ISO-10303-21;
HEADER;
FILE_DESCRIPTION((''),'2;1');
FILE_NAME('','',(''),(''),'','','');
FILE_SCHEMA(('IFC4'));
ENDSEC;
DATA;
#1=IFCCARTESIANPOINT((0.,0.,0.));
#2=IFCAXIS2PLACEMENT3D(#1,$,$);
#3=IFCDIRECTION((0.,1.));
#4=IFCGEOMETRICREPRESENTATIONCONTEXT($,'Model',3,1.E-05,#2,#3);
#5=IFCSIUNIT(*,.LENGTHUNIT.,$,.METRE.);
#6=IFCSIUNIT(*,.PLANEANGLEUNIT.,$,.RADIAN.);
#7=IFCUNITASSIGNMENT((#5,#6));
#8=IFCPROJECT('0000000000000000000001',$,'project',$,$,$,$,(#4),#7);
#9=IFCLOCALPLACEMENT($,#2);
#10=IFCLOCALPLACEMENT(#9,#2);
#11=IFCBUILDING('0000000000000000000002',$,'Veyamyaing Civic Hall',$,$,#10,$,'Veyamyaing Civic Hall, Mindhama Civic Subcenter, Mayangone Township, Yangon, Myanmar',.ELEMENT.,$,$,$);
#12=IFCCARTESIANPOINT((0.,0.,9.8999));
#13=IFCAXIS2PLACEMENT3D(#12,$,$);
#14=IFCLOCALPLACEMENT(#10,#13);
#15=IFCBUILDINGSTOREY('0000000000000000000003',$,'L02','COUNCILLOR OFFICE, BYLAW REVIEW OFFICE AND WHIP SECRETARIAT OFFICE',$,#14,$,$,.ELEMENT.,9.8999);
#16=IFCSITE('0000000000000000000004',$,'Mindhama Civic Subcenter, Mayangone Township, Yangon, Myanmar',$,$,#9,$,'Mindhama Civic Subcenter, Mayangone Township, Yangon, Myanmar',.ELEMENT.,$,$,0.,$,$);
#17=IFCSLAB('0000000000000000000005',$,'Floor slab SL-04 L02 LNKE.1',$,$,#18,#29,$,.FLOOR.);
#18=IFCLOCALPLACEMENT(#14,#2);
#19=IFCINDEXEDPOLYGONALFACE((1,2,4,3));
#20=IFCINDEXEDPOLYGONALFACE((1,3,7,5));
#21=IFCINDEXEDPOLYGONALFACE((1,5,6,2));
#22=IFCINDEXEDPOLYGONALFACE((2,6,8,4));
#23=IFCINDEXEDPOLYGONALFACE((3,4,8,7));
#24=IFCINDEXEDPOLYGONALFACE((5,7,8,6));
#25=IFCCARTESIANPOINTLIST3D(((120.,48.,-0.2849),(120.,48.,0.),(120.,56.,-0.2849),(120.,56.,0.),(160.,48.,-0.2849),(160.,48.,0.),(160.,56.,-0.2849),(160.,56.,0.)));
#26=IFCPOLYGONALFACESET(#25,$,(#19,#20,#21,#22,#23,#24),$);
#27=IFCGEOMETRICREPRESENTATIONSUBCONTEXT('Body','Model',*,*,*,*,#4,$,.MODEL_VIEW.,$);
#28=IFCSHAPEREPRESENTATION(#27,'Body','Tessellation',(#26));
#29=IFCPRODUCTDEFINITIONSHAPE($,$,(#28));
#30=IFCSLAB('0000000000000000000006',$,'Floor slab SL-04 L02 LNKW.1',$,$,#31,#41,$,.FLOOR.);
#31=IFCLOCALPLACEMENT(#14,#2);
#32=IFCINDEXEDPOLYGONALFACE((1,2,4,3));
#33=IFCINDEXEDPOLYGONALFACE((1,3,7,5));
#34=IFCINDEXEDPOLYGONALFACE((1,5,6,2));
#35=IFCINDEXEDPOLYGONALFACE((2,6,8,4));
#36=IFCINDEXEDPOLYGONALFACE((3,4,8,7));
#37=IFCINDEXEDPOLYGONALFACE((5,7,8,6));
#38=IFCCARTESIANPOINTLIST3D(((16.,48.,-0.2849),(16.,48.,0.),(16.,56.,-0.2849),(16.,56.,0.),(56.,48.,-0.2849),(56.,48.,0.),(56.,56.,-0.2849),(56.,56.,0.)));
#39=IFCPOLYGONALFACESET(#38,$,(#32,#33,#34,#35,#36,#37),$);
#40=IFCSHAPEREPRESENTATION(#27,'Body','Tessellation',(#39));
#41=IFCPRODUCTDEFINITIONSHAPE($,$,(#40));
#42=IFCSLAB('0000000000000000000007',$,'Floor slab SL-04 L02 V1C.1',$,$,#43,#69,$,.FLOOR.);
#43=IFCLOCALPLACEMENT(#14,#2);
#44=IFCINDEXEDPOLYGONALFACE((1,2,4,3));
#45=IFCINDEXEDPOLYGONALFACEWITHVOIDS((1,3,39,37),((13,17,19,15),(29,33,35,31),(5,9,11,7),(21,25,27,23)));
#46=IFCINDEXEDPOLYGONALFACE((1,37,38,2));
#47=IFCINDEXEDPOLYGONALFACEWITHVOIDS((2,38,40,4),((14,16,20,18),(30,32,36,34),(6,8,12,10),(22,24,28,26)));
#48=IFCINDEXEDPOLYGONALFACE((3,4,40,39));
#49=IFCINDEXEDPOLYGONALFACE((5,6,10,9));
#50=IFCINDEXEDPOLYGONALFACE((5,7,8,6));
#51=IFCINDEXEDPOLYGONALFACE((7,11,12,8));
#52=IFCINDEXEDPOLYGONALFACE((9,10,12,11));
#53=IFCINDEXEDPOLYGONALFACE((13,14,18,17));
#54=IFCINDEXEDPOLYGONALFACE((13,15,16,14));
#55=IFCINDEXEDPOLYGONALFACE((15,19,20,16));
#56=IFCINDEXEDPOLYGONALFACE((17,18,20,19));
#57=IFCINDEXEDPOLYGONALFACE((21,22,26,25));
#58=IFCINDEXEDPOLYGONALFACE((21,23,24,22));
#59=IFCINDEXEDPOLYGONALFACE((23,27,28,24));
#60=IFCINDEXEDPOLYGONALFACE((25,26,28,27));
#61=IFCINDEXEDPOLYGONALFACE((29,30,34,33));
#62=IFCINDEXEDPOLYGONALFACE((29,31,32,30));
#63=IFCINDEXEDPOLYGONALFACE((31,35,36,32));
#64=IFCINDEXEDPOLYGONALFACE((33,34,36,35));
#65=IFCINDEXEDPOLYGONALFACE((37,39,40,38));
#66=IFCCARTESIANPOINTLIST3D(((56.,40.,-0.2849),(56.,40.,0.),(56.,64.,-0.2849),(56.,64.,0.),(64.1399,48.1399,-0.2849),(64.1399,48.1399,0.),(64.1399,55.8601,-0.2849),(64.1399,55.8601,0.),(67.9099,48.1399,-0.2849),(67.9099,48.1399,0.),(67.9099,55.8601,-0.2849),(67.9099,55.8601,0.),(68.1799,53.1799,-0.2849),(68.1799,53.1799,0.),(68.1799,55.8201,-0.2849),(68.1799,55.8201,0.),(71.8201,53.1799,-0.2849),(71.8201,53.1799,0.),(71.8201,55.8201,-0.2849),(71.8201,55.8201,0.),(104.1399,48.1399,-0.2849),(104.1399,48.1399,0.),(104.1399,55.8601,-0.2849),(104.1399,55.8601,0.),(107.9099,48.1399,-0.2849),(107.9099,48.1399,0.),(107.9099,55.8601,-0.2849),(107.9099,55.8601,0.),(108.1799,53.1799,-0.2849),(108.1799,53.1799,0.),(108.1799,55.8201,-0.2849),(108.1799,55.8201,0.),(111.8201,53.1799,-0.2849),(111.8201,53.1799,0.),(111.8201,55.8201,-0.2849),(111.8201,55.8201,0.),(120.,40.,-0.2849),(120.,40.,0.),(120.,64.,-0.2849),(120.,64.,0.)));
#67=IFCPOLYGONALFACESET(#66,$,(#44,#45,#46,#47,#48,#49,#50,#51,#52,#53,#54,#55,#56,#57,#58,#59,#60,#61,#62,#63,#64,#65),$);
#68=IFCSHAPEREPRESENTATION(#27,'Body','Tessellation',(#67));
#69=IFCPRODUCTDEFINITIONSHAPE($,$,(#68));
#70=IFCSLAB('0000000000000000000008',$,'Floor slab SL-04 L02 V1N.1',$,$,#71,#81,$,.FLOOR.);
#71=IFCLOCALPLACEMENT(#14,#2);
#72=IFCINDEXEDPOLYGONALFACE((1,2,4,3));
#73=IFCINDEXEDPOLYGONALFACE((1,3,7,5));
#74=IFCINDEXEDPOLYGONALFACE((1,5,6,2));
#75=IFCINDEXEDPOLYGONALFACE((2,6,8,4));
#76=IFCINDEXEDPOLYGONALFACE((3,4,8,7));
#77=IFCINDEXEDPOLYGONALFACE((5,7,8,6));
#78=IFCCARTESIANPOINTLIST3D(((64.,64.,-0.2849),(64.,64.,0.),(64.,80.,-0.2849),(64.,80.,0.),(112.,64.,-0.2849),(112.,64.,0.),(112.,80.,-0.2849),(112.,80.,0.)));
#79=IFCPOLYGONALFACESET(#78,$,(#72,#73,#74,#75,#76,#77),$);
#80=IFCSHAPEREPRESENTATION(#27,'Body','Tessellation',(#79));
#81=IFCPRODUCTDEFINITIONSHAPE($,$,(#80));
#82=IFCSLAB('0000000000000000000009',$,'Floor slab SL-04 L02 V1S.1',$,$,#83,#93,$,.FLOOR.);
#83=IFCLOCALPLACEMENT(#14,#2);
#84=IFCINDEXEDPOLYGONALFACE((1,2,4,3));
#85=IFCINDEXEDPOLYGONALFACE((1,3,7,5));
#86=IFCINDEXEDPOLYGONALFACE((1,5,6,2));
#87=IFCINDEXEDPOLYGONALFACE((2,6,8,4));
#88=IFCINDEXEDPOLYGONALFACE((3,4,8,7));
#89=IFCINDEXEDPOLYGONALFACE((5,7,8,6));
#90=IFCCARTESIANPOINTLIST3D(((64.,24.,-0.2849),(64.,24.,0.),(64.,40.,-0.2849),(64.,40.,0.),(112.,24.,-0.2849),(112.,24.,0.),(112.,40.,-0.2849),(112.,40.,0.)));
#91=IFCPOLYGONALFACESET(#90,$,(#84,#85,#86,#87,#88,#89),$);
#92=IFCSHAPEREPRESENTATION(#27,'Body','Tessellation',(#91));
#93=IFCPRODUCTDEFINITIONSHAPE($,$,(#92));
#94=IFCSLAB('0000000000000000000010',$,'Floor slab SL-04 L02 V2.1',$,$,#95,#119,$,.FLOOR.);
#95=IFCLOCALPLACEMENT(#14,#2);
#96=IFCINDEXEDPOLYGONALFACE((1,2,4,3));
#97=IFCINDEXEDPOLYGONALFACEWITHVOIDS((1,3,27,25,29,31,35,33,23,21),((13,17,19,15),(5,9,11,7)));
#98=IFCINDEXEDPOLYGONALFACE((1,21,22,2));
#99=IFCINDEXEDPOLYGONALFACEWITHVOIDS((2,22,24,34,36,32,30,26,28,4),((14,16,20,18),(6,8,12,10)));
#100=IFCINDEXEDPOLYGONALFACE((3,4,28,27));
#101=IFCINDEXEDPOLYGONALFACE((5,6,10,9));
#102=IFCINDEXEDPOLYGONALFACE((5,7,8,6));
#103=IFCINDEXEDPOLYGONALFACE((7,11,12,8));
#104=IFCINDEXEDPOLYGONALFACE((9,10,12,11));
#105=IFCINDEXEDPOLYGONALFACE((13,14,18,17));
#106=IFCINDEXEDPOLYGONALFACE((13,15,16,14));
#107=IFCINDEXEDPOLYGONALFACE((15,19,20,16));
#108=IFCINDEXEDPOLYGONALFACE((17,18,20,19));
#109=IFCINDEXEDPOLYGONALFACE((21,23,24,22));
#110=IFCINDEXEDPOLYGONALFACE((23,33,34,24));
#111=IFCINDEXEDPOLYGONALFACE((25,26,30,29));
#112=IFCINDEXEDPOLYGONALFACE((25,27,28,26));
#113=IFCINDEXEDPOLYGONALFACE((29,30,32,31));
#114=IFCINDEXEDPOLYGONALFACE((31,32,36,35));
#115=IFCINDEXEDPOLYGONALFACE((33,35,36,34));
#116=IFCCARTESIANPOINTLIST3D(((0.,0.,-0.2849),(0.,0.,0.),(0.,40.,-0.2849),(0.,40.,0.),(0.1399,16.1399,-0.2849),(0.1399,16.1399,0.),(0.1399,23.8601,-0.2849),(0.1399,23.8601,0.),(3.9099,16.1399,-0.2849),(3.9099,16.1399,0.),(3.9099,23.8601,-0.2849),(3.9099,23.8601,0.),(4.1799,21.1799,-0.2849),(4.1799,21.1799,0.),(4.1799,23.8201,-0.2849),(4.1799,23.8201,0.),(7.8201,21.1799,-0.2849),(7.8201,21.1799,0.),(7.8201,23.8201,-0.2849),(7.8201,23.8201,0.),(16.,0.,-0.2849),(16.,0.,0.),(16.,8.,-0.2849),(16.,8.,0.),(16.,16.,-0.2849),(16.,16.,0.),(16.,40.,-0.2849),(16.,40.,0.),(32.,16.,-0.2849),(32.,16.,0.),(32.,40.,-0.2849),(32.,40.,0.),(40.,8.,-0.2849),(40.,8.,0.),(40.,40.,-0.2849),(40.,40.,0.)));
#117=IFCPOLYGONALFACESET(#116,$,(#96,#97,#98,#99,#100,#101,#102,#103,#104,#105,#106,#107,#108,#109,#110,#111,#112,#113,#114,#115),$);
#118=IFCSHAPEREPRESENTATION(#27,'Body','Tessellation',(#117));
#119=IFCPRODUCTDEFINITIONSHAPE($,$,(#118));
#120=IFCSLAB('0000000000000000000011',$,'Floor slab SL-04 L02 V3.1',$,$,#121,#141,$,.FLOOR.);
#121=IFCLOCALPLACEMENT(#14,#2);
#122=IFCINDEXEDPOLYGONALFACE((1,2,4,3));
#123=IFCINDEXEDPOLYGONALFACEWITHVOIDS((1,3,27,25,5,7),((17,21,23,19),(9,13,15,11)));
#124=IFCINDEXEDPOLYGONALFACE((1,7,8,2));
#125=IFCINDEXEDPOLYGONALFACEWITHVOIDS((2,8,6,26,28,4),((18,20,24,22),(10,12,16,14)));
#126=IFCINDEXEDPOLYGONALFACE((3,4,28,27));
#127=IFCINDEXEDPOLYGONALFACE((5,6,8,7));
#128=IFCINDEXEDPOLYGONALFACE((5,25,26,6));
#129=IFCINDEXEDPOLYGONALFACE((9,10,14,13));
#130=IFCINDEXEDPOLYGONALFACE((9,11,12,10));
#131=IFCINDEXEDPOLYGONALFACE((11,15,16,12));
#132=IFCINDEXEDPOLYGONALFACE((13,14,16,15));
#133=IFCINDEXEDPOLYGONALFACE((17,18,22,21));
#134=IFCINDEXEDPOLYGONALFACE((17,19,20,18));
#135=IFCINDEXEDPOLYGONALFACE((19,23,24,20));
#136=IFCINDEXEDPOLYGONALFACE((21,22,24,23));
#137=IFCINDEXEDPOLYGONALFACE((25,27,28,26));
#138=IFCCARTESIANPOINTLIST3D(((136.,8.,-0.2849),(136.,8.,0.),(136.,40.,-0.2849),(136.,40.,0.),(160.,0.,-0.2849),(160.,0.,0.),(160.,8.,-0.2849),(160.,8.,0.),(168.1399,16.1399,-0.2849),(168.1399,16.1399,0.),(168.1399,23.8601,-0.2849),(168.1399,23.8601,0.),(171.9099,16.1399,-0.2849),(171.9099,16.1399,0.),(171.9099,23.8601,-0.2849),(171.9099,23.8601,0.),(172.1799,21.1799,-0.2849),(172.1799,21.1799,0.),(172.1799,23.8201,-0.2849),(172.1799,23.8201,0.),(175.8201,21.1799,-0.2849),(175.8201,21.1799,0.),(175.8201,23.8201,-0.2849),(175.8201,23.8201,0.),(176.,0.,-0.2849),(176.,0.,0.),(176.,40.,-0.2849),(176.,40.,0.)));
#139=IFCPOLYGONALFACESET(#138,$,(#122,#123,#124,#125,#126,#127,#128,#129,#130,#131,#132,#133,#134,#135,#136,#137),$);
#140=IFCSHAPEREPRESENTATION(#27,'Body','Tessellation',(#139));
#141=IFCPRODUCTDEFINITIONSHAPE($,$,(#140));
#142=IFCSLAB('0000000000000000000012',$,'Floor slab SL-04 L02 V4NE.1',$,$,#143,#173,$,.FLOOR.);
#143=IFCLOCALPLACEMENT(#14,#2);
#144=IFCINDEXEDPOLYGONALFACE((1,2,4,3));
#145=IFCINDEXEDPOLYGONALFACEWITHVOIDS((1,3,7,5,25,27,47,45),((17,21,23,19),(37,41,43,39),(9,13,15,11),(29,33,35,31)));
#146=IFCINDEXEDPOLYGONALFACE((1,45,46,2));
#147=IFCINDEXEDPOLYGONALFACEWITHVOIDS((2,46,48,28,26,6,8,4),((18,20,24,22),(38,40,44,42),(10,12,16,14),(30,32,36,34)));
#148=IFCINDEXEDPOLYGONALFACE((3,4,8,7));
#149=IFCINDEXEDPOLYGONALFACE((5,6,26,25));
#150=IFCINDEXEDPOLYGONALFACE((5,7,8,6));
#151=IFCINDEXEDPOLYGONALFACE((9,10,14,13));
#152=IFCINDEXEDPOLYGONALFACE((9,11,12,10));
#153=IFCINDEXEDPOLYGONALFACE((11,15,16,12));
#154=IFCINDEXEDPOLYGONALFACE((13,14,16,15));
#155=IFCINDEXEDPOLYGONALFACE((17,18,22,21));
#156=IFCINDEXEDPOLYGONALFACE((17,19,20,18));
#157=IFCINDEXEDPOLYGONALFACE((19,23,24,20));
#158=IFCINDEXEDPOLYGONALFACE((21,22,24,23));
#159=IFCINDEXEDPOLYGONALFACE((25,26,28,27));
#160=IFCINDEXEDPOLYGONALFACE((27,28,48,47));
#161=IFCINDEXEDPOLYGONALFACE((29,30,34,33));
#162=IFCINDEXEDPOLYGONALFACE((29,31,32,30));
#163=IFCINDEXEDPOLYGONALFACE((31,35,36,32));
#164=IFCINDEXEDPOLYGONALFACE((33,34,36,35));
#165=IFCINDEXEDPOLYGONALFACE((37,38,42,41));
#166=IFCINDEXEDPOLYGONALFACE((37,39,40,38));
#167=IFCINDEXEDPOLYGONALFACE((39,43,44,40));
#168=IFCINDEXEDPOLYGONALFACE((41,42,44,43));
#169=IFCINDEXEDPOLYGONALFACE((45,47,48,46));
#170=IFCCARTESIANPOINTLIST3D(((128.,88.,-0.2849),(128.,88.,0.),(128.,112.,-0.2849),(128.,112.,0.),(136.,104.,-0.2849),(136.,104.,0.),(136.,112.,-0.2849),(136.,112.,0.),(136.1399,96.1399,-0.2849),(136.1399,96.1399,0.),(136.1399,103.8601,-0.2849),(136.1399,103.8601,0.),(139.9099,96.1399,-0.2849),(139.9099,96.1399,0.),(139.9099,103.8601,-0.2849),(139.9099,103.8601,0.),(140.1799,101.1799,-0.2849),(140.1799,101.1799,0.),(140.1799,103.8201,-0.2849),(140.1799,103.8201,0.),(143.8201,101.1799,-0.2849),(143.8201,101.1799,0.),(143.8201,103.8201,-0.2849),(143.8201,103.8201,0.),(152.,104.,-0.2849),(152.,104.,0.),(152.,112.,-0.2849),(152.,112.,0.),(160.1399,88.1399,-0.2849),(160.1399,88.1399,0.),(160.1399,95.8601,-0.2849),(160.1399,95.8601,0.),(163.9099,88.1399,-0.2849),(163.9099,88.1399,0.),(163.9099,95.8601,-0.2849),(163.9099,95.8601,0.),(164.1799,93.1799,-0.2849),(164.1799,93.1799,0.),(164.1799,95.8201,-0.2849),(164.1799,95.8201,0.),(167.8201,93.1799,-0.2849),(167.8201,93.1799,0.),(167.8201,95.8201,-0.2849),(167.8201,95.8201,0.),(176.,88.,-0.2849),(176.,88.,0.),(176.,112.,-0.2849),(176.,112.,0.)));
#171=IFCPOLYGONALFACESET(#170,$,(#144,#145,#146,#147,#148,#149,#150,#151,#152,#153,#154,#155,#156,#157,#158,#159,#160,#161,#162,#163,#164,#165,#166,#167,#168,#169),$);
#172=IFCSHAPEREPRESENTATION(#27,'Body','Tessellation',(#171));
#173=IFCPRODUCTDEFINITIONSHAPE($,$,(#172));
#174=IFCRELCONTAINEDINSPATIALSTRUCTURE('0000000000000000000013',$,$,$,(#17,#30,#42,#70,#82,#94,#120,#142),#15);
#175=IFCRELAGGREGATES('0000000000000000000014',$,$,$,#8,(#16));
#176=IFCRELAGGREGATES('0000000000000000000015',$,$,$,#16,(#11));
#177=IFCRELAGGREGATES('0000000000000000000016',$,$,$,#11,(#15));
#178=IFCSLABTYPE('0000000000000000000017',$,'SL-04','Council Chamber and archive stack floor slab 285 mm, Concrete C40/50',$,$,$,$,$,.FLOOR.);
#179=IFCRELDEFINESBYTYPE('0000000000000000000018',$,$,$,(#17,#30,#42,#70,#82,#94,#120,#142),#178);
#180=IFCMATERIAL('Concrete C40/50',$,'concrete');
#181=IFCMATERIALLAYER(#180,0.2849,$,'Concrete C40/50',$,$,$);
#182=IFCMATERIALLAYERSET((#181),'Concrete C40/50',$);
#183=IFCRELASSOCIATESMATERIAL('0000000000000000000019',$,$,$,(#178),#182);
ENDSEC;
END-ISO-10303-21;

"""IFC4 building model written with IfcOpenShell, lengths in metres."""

from ifc_helpers import new_model, si_unit, direction, frame, origin, place, context, subcontext, project, spatial, polyline, outline, extrude, material, layer, layer_set, type_object, element, save


model = new_model("IFC4")

# Units and contexts
model_context = context("Model", 3, precision=1e-05, world=origin(), true_north=direction((0.0, 1.0)))
body_context = subcontext(model_context, "Body", "Model", "MODEL_VIEW")
ifc_project = project(units=[si_unit("LENGTHUNIT", "METRE"), si_unit("PLANEANGLEUNIT", "RADIAN")], contexts=[model_context])

# Site, building, storey
site_placement = place(None, origin())
site = spatial("IfcSite", under=ifc_project, at=site_placement, Name="Mindhama Civic Subcenter, Mayangone Township, Yangon, Myanmar", LongName="Mindhama Civic Subcenter, Mayangone Township, Yangon, Myanmar", CompositionType="ELEMENT", RefElevation=0.0)
building_placement = place(site_placement, origin())
building = spatial("IfcBuilding", under=site, at=building_placement, Name="Veyamyaing Civic Hall", LongName="Veyamyaing Civic Hall, Mindhama Civic Subcenter, Mayangone Township, Yangon, Myanmar", CompositionType="ELEMENT")
storey_placement = place(building_placement, frame((0.0, 0.0, 9.8999)))
storey = spatial("IfcBuildingStorey", under=building, at=storey_placement, Name="L02", Description="COUNCILLOR OFFICE, BYLAW REVIEW OFFICE AND WHIP SECRETARIAT OFFICE", CompositionType="ELEMENT", Elevation=9.8999)

# Slabs
ifc_material_1 = material(Name="Concrete C40/50", Category="concrete")
ifc_layer_1 = layer(ifc_material_1, 0.2849, Name="Concrete C40/50")
ifc_layer_set_1 = layer_set([ifc_layer_1], Name="Concrete C40/50")
slab_type_1 = type_object("IfcSlabType", Name="SL-04", Description="Council Chamber and archive stack floor slab 285 mm, Concrete C40/50", PredefinedType="FLOOR", material=ifc_layer_set_1)
slab_1_placement = place(storey_placement, frame((0.0, 0.0, -0.2849)))
element("IfcSlab", 1, at=slab_1_placement, inside=storey, type_object=slab_type_1, Name="Floor slab SL-04 L02 LNKE.1", PredefinedType="FLOOR", context=body_context, shape_type="SweptSolid", body=[
    extrude(outline(polyline([(120.0, 56.0), (160.0, 56.0), (160.0, 48.0), (120.0, 48.0), (120.0, 56.0)])), origin(), (0.0, 0.0, 1.0), 0.2849),
])
slab_2_placement = place(storey_placement, frame((0.0, 0.0, -0.2849)))
element("IfcSlab", 2, at=slab_2_placement, inside=storey, type_object=slab_type_1, Name="Floor slab SL-04 L02 LNKW.1", PredefinedType="FLOOR", context=body_context, shape_type="SweptSolid", body=[
    extrude(outline(polyline([(16.0, 56.0), (56.0, 56.0), (56.0, 48.0), (16.0, 48.0), (16.0, 56.0)])), origin(), (0.0, 0.0, 1.0), 0.2849),
])
slab_3_placement = place(storey_placement, frame((0.0, 0.0, -0.2849)))
element("IfcSlab", 3, at=slab_3_placement, inside=storey, type_object=slab_type_1, Name="Floor slab SL-04 L02 V1C.1", PredefinedType="FLOOR", context=body_context, shape_type="SweptSolid", body=[
    extrude(outline(polyline([(56.0, 64.0), (120.0, 64.0), (120.0, 40.0), (56.0, 40.0), (56.0, 64.0)]), holes=[polyline([(67.9099, 55.8601), (64.1399, 55.8601), (64.1399, 48.1399), (67.9099, 48.1399), (67.9099, 55.8601)]), polyline([(71.8201, 55.8201), (68.1799, 55.8201), (68.1799, 53.1799), (71.8201, 53.1799), (71.8201, 55.8201)]), polyline([(107.9099, 55.8601), (104.1399, 55.8601), (104.1399, 48.1399), (107.9099, 48.1399), (107.9099, 55.8601)]), polyline([(111.8201, 55.8201), (108.1799, 55.8201), (108.1799, 53.1799), (111.8201, 53.1799), (111.8201, 55.8201)])]), origin(), (0.0, 0.0, 1.0), 0.2849),
])
slab_4_placement = place(storey_placement, frame((0.0, 0.0, -0.2849)))
element("IfcSlab", 4, at=slab_4_placement, inside=storey, type_object=slab_type_1, Name="Floor slab SL-04 L02 V1N.1", PredefinedType="FLOOR", context=body_context, shape_type="SweptSolid", body=[
    extrude(outline(polyline([(64.0, 80.0), (112.0, 80.0), (112.0, 64.0), (64.0, 64.0), (64.0, 80.0)])), origin(), (0.0, 0.0, 1.0), 0.2849),
])
slab_5_placement = place(storey_placement, frame((0.0, 0.0, -0.2849)))
element("IfcSlab", 5, at=slab_5_placement, inside=storey, type_object=slab_type_1, Name="Floor slab SL-04 L02 V1S.1", PredefinedType="FLOOR", context=body_context, shape_type="SweptSolid", body=[
    extrude(outline(polyline([(64.0, 40.0), (112.0, 40.0), (112.0, 24.0), (64.0, 24.0), (64.0, 40.0)])), origin(), (0.0, 0.0, 1.0), 0.2849),
])
slab_6_placement = place(storey_placement, frame((0.0, 0.0, -0.2849)))
element("IfcSlab", 6, at=slab_6_placement, inside=storey, type_object=slab_type_1, Name="Floor slab SL-04 L02 V2.1", PredefinedType="FLOOR", context=body_context, shape_type="SweptSolid", body=[
    extrude(outline(polyline([(0.0, 0.0), (0.0, 40.0), (16.0, 40.0), (16.0, 16.0), (32.0, 16.0), (32.0, 40.0), (40.0, 40.0), (40.0, 8.0), (16.0, 8.0), (16.0, 0.0), (0.0, 0.0)]), holes=[polyline([(3.9099, 23.8601), (0.1399, 23.8601), (0.1399, 16.1399), (3.9099, 16.1399), (3.9099, 23.8601)]), polyline([(7.8201, 23.8201), (4.1799, 23.8201), (4.1799, 21.1799), (7.8201, 21.1799), (7.8201, 23.8201)])]), origin(), (0.0, 0.0, 1.0), 0.2849),
])
slab_7_placement = place(storey_placement, frame((0.0, 0.0, -0.2849)))
element("IfcSlab", 7, at=slab_7_placement, inside=storey, type_object=slab_type_1, Name="Floor slab SL-04 L02 V3.1", PredefinedType="FLOOR", context=body_context, shape_type="SweptSolid", body=[
    extrude(outline(polyline([(136.0, 40.0), (176.0, 40.0), (176.0, 0.0), (160.0, 0.0), (160.0, 8.0), (136.0, 8.0), (136.0, 40.0)]), holes=[polyline([(171.9099, 23.8601), (168.1399, 23.8601), (168.1399, 16.1399), (171.9099, 16.1399), (171.9099, 23.8601)]), polyline([(175.8201, 23.8201), (172.1799, 23.8201), (172.1799, 21.1799), (175.8201, 21.1799), (175.8201, 23.8201)])]), origin(), (0.0, 0.0, 1.0), 0.2849),
])
slab_8_placement = place(storey_placement, frame((0.0, 0.0, -0.2849)))
element("IfcSlab", 8, at=slab_8_placement, inside=storey, type_object=slab_type_1, Name="Floor slab SL-04 L02 V4NE.1", PredefinedType="FLOOR", context=body_context, shape_type="SweptSolid", body=[
    extrude(outline(polyline([(176.0, 88.0), (128.0, 88.0), (128.0, 112.0), (136.0, 112.0), (136.0, 104.0), (152.0, 104.0), (152.0, 112.0), (176.0, 112.0), (176.0, 88.0)]), holes=[polyline([(163.9099, 95.8601), (160.1399, 95.8601), (160.1399, 88.1399), (163.9099, 88.1399), (163.9099, 95.8601)]), polyline([(167.8201, 95.8201), (164.1799, 95.8201), (164.1799, 93.1799), (167.8201, 93.1799), (167.8201, 95.8201)]), polyline([(139.9099, 96.1399), (139.9099, 103.8601), (136.1399, 103.8601), (136.1399, 96.1399), (139.9099, 96.1399)]), polyline([(143.8201, 101.1799), (143.8201, 103.8201), (140.1799, 103.8201), (140.1799, 101.1799), (143.8201, 101.1799)])]), origin(), (0.0, 0.0, 1.0), 0.2849),
])

save(model, "model.ifc")
